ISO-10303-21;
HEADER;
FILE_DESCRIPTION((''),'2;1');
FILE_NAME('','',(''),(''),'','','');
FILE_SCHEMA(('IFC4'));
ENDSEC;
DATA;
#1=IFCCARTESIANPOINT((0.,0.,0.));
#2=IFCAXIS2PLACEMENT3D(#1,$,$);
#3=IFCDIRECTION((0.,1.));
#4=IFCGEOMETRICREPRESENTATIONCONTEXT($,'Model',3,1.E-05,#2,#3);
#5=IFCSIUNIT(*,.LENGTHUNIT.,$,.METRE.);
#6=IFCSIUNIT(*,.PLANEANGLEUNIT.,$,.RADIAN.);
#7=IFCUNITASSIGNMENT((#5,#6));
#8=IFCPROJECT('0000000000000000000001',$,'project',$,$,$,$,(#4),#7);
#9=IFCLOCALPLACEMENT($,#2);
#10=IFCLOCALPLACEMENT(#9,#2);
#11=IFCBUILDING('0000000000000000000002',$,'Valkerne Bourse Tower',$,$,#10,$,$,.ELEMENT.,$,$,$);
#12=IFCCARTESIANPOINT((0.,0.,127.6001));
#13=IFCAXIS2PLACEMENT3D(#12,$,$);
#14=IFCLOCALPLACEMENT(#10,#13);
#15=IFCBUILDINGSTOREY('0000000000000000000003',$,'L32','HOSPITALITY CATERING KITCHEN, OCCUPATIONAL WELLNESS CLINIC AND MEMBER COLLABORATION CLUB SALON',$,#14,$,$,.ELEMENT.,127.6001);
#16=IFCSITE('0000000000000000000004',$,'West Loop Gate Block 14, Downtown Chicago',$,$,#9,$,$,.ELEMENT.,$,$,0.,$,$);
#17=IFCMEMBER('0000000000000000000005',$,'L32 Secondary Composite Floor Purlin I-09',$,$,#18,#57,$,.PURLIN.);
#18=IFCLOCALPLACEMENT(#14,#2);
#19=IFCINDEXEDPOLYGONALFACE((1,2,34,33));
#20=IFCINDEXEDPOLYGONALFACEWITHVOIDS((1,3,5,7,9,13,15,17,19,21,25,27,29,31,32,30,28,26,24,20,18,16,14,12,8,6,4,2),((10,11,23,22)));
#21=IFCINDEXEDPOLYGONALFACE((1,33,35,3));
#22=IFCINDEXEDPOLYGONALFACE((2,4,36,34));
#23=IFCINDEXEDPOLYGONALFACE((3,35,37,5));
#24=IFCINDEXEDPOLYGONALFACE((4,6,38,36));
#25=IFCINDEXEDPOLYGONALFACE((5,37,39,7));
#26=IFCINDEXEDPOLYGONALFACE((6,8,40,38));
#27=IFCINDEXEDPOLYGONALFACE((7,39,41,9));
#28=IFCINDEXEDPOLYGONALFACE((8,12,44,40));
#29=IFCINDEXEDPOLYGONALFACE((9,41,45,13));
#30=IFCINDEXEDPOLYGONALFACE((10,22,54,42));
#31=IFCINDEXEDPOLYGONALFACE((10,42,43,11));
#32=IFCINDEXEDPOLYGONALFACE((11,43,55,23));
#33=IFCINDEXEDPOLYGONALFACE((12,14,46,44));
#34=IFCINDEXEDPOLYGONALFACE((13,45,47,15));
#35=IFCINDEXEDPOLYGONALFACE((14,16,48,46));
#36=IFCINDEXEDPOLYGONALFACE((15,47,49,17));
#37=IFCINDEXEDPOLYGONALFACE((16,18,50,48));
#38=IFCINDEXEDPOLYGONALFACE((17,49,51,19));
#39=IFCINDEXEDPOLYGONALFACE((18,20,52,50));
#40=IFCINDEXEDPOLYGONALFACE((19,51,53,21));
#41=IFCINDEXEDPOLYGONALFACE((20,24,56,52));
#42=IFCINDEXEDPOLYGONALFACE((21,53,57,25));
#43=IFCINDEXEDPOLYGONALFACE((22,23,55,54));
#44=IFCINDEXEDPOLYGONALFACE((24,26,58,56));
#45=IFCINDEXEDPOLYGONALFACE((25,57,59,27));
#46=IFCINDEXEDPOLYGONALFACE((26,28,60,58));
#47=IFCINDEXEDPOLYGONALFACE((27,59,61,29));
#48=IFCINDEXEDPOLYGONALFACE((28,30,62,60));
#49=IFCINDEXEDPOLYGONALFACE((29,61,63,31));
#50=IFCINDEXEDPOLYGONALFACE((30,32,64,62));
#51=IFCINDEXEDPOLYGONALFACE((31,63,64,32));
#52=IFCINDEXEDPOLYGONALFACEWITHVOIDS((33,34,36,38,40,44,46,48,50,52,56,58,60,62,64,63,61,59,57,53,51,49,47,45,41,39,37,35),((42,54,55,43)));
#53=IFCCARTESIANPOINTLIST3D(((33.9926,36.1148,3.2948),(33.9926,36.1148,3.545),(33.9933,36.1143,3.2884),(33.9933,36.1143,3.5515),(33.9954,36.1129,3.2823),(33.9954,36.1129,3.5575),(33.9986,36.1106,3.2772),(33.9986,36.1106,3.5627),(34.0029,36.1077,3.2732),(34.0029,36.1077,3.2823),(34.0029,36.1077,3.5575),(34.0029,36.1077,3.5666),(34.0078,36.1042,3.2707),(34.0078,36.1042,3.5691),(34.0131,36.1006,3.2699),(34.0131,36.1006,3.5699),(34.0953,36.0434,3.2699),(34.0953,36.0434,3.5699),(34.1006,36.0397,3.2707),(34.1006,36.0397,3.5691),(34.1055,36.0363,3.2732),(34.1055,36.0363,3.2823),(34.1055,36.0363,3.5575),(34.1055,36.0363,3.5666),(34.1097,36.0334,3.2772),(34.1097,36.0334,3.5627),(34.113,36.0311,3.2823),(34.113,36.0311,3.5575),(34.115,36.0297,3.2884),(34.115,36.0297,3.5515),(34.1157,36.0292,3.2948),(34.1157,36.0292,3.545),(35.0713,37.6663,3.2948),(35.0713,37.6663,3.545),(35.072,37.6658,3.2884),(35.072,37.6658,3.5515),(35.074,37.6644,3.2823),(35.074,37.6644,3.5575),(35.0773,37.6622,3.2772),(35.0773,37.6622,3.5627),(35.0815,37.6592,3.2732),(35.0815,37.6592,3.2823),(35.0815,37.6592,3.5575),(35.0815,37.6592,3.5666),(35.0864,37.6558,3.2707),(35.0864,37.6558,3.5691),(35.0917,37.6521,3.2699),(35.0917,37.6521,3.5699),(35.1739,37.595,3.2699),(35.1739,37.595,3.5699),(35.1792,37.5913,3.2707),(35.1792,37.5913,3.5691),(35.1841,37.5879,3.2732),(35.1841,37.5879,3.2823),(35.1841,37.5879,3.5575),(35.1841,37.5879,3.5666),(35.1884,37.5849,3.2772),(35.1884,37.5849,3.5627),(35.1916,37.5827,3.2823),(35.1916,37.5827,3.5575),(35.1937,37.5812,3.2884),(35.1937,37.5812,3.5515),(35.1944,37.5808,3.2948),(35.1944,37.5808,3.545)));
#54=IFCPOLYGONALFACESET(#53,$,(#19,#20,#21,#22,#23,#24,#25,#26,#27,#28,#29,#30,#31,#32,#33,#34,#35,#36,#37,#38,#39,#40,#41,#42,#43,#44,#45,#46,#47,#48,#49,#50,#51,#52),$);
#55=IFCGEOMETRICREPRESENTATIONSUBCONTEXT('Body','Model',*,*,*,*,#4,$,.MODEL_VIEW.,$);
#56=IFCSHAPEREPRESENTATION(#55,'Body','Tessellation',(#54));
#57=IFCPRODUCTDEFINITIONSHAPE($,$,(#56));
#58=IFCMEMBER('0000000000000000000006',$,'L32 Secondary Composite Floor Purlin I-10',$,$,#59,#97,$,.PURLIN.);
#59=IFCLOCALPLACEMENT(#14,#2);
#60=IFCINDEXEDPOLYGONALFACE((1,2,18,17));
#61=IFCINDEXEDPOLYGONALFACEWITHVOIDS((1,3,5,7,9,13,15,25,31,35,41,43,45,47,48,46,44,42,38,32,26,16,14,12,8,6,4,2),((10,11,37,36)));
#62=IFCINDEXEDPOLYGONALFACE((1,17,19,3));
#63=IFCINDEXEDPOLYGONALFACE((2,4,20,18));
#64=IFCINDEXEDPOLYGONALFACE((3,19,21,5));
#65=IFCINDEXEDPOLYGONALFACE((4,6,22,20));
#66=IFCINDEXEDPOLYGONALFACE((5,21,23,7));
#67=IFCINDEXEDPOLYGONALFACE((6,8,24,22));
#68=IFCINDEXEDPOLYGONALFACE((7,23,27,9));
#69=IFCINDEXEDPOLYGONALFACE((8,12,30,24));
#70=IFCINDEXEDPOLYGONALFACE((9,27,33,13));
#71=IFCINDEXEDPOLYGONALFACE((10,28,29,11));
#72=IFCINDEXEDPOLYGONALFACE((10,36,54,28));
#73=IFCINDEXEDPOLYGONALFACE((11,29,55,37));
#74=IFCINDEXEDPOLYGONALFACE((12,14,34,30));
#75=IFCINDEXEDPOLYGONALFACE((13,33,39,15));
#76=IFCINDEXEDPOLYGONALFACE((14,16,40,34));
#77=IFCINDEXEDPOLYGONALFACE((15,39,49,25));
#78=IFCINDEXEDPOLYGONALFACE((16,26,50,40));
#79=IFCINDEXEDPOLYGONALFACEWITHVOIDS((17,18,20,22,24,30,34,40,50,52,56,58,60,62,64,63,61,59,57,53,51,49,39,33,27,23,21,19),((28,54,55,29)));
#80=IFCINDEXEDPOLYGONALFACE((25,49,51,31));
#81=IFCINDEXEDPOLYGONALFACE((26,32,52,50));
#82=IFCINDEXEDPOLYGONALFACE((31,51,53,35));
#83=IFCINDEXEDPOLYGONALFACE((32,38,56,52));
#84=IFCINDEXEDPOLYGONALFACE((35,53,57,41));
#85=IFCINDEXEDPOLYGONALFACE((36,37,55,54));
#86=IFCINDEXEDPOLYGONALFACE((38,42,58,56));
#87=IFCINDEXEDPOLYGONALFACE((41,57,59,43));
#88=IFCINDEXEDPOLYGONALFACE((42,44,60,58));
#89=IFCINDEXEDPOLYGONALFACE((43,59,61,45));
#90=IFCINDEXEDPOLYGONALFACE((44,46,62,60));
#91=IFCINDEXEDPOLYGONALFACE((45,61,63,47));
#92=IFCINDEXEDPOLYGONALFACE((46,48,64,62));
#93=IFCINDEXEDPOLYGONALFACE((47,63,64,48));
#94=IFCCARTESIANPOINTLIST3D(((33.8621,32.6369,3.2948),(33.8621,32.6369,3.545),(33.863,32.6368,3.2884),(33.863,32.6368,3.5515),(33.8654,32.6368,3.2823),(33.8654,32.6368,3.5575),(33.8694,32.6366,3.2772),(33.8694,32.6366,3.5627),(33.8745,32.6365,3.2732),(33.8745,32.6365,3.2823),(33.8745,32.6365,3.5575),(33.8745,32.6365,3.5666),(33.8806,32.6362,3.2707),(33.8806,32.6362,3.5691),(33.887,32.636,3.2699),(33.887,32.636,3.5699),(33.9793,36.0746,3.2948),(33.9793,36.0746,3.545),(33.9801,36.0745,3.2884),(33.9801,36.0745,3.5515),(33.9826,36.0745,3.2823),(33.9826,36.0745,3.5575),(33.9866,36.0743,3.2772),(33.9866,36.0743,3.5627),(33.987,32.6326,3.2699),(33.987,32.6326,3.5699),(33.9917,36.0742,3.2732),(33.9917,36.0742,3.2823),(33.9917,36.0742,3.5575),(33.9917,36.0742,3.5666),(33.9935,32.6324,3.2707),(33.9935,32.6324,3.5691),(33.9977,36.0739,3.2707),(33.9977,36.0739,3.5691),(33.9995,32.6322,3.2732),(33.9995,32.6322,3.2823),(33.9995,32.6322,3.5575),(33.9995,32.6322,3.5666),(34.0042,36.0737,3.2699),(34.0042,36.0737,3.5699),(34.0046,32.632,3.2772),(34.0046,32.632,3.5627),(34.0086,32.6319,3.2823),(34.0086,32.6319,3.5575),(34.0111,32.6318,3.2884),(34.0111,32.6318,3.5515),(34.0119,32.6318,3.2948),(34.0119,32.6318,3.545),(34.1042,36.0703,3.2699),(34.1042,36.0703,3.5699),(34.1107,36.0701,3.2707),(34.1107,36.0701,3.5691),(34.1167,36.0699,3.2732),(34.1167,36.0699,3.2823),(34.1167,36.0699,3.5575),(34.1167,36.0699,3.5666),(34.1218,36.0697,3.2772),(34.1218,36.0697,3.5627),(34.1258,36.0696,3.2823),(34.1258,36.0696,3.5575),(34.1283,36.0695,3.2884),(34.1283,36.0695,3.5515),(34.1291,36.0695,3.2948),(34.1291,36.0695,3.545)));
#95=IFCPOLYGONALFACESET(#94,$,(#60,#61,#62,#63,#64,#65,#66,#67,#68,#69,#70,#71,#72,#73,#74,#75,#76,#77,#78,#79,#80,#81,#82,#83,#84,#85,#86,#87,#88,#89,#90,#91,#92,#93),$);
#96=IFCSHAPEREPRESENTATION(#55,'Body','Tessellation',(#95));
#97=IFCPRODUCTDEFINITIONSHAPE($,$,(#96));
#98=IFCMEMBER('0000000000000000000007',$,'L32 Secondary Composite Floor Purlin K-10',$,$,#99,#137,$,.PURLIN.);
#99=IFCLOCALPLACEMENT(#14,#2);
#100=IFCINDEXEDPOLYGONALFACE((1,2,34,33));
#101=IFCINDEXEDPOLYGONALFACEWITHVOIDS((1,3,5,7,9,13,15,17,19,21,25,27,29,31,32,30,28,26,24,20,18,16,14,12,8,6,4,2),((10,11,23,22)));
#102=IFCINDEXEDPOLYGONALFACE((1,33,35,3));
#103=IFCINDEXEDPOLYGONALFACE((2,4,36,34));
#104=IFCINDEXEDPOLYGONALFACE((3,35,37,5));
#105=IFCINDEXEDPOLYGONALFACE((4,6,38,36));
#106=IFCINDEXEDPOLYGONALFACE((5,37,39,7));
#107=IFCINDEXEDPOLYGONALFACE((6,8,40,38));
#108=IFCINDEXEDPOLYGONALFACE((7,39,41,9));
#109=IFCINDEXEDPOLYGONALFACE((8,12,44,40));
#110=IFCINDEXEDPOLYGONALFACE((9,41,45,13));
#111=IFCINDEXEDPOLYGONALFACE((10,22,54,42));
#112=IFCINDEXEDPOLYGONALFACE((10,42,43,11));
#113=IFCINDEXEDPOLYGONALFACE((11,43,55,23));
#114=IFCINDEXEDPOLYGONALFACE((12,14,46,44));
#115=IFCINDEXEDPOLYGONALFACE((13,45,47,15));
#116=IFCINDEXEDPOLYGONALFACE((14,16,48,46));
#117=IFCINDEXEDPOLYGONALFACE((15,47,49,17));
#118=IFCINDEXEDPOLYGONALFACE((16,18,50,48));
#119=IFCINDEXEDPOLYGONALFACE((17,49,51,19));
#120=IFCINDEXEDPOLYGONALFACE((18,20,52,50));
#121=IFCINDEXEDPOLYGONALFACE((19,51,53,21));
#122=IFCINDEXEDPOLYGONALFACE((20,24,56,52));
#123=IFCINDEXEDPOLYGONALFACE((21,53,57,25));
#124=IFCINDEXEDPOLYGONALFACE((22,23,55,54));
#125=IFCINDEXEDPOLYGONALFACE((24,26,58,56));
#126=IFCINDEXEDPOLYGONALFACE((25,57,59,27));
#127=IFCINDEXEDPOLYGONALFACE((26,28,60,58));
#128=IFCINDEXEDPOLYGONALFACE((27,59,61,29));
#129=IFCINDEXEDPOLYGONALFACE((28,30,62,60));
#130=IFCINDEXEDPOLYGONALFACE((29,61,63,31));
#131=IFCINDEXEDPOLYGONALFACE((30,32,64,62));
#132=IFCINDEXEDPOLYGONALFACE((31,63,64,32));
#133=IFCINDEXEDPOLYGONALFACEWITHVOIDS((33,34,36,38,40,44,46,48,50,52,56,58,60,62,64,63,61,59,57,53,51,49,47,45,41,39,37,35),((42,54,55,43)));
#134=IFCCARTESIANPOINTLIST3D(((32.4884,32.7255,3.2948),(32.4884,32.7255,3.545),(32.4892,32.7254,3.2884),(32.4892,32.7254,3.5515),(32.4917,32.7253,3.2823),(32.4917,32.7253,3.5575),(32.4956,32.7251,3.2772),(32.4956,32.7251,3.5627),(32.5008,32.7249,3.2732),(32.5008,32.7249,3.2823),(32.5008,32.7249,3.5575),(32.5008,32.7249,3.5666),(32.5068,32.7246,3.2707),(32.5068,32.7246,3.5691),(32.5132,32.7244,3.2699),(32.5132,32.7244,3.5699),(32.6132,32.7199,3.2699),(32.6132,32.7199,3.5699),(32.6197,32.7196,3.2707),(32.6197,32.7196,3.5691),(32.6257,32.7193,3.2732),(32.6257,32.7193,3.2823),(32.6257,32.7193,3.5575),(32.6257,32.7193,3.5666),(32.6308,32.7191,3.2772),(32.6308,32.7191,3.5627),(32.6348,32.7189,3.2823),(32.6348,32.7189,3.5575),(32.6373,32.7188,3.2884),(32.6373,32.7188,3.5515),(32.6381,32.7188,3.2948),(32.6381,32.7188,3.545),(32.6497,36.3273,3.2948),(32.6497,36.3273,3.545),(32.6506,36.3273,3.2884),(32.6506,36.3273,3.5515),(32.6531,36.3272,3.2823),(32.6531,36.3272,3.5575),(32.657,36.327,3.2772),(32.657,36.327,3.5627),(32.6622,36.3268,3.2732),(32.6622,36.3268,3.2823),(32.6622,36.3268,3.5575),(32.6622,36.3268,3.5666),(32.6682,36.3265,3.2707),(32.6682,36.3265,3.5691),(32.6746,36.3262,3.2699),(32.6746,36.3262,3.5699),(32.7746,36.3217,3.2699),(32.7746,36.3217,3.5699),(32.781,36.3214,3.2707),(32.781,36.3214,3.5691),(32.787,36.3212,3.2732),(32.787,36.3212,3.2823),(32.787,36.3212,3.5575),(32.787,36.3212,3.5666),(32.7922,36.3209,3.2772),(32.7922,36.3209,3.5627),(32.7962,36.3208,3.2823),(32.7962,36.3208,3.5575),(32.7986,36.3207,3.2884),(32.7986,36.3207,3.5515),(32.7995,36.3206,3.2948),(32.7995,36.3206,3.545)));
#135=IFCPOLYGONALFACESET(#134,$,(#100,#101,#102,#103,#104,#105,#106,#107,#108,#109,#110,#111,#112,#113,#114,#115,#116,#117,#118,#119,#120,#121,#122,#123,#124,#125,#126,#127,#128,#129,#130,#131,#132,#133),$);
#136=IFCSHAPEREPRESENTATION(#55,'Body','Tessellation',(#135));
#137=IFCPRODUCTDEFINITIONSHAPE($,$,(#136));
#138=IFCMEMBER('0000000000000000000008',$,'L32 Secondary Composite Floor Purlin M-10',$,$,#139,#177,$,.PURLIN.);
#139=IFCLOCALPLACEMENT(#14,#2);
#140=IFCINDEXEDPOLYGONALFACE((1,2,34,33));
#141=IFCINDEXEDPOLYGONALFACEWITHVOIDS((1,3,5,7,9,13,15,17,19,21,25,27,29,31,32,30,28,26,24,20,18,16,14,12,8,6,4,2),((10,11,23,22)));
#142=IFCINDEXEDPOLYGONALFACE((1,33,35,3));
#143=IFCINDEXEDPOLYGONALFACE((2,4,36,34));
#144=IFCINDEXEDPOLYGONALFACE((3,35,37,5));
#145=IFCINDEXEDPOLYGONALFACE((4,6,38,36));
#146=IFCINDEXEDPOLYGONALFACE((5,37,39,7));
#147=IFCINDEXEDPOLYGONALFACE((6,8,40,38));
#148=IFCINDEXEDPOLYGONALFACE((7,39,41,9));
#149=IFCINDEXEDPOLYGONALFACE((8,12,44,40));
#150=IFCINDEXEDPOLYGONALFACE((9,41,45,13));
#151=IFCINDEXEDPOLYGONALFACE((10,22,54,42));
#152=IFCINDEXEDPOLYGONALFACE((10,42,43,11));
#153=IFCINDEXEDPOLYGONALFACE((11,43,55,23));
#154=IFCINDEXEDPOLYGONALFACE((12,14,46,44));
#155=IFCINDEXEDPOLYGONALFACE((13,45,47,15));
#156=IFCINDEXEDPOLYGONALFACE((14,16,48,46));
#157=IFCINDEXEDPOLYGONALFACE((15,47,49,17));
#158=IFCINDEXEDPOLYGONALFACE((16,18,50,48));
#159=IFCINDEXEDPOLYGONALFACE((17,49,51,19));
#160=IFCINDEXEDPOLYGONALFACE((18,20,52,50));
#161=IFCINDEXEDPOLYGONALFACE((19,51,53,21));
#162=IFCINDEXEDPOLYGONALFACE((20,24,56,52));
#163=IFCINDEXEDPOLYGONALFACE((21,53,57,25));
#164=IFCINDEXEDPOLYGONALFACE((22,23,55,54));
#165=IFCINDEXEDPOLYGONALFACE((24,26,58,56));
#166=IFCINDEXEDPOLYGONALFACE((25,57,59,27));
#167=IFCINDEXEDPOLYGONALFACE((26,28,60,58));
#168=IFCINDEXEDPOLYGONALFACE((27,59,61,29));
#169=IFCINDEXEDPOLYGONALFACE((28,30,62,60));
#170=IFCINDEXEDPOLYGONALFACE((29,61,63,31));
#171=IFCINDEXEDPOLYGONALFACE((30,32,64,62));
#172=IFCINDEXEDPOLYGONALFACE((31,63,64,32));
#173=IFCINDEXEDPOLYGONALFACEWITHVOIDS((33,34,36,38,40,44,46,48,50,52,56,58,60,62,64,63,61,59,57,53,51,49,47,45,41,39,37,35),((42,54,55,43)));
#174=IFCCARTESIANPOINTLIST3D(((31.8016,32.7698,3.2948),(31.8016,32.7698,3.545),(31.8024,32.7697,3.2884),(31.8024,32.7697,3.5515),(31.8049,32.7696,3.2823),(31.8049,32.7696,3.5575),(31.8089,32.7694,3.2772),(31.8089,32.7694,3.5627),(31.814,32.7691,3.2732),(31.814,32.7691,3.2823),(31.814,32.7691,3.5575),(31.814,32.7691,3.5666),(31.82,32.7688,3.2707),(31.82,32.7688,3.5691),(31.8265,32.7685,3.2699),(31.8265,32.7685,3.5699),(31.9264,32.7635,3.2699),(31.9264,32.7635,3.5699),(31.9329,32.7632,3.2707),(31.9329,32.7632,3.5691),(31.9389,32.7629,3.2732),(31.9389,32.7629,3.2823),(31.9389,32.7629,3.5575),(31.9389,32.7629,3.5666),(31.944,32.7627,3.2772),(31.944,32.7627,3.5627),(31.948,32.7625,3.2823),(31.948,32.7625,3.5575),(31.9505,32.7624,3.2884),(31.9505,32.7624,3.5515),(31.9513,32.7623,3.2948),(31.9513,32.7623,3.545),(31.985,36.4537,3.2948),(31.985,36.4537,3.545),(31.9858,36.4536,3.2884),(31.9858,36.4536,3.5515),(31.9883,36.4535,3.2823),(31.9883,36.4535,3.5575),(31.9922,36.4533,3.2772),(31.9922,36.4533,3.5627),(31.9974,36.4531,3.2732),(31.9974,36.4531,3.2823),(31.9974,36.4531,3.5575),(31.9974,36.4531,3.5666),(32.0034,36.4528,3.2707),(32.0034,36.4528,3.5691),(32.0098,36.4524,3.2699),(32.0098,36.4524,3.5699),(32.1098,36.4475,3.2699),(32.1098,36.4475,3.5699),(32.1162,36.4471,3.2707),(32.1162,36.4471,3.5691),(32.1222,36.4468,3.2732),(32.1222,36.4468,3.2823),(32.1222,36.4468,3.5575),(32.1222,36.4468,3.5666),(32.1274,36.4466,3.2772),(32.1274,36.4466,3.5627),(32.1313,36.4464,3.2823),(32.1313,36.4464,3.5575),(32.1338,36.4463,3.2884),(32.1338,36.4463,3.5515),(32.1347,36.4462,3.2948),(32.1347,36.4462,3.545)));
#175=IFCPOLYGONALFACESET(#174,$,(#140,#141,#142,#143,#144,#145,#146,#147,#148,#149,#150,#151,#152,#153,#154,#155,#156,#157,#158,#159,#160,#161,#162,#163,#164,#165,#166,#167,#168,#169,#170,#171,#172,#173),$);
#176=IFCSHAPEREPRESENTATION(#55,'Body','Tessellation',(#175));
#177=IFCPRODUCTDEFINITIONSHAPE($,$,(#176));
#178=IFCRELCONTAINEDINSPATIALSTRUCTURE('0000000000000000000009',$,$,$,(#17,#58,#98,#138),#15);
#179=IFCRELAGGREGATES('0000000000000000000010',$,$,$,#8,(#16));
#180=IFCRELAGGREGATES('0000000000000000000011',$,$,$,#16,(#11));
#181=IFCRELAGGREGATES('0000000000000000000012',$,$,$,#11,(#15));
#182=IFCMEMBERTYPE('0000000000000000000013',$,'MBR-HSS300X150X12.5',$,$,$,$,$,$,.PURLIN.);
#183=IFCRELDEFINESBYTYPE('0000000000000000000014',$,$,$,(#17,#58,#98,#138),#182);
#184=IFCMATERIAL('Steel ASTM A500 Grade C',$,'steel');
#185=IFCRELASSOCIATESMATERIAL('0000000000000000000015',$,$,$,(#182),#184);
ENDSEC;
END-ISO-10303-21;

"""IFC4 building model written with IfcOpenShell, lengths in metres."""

from ifc_helpers import new_model, si_unit, direction, frame, origin, origin_2d, place, context, subcontext, project, spatial, hollow_rectangle, extrude, material, material_profile, profile_set, type_object, element, save


model = new_model("IFC4")

# Units and contexts
model_context = context("Model", 3, precision=1e-05, world=origin(), true_north=direction((0.0, 1.0)))
body_context = subcontext(model_context, "Body", "Model", "MODEL_VIEW")
ifc_project = project(units=[si_unit("LENGTHUNIT", "METRE"), si_unit("PLANEANGLEUNIT", "RADIAN")], contexts=[model_context])

# Site, building, storey
site_placement = place(None, origin())
site = spatial("IfcSite", under=ifc_project, at=site_placement, Name="West Loop Gate Block 14, Downtown Chicago", CompositionType="ELEMENT", RefElevation=0.0)
building_placement = place(site_placement, origin())
building = spatial("IfcBuilding", under=site, at=building_placement, Name="Valkerne Bourse Tower", CompositionType="ELEMENT")
storey_placement = place(building_placement, frame((0.0, 0.0, 127.6001)))
storey = spatial("IfcBuildingStorey", under=building, at=storey_placement, Name="L32", Description="HOSPITALITY CATERING KITCHEN, OCCUPATIONAL WELLNESS CLINIC AND MEMBER COLLABORATION CLUB SALON", CompositionType="ELEMENT", Elevation=127.6001)

# Members
ifc_material_1 = material(Name="Steel ASTM A500 Grade C", Category="steel")
ifc_material_profile_1 = material_profile(ifc_material_1, hollow_rectangle(XDim=0.1499, YDim=0.3, WallThickness=0.0125, OuterFilletRadius=0.0249, at=origin_2d()), Name="HSS300X150X12.5")
ifc_profile_set_1 = profile_set([ifc_material_profile_1], Name="Steel ASTM A500 Grade C")
member_type_1 = type_object("IfcMemberType", Name="MBR-HSS300X150X12.5", PredefinedType="PURLIN", material=ifc_profile_set_1)
member_1_placement = place(storey_placement, frame((35.1328, 37.6235, 3.4199), z_axis=(-0.570815, -0.821079, 0.0), x_axis=(0.821079, -0.570815, 0.0)))
element("IfcMember", 1, at=member_1_placement, inside=storey, type_object=member_type_1, Name="L32 Secondary Composite Floor Purlin I-09", PredefinedType="PURLIN", context=body_context, shape_type="SweptSolid", body=[
    extrude(hollow_rectangle(XDim=0.1499, YDim=0.3, WallThickness=0.0125, OuterFilletRadius=0.0249, at=origin_2d()), origin(), (0.0, 0.0, 1.0), 1.8896),
])
member_2_placement = place(storey_placement, frame((34.0542, 36.072, 3.4199), z_axis=(-0.034069, -0.999419, 0.0), x_axis=(0.999419, -0.034069, 0.0)))
element("IfcMember", 2, at=member_2_placement, inside=storey, type_object=member_type_1, Name="L32 Secondary Composite Floor Purlin I-10", PredefinedType="PURLIN", context=body_context, shape_type="SweptSolid", body=[
    extrude(hollow_rectangle(XDim=0.1499, YDim=0.3, WallThickness=0.0125, OuterFilletRadius=0.0249, at=origin_2d()), origin(), (0.0, 0.0, 1.0), 3.4397),
])
member_3_placement = place(storey_placement, frame((32.7246, 36.324, 3.4199), z_axis=(-0.04476, -0.998998, 0.0), x_axis=(0.998998, -0.04476, 0.0)))
element("IfcMember", 3, at=member_3_placement, inside=storey, type_object=member_type_1, Name="L32 Secondary Composite Floor Purlin K-10", PredefinedType="PURLIN", context=body_context, shape_type="SweptSolid", body=[
    extrude(hollow_rectangle(XDim=0.1499, YDim=0.3, WallThickness=0.0125, OuterFilletRadius=0.0249, at=origin_2d()), origin(), (0.0, 0.0, 1.0), 3.6055),
])
member_4_placement = place(storey_placement, frame((32.0598, 36.45, 3.4199), z_axis=(-0.04971, -0.998764, 0.0), x_axis=(0.998764, -0.04971, 0.0)))
element("IfcMember", 4, at=member_4_placement, inside=storey, type_object=member_type_1, Name="L32 Secondary Composite Floor Purlin M-10", PredefinedType="PURLIN", context=body_context, shape_type="SweptSolid", body=[
    extrude(hollow_rectangle(XDim=0.1499, YDim=0.3, WallThickness=0.0125, OuterFilletRadius=0.0249, at=origin_2d()), origin(), (0.0, 0.0, 1.0), 3.6885),
])

save(model, "model.ifc")
